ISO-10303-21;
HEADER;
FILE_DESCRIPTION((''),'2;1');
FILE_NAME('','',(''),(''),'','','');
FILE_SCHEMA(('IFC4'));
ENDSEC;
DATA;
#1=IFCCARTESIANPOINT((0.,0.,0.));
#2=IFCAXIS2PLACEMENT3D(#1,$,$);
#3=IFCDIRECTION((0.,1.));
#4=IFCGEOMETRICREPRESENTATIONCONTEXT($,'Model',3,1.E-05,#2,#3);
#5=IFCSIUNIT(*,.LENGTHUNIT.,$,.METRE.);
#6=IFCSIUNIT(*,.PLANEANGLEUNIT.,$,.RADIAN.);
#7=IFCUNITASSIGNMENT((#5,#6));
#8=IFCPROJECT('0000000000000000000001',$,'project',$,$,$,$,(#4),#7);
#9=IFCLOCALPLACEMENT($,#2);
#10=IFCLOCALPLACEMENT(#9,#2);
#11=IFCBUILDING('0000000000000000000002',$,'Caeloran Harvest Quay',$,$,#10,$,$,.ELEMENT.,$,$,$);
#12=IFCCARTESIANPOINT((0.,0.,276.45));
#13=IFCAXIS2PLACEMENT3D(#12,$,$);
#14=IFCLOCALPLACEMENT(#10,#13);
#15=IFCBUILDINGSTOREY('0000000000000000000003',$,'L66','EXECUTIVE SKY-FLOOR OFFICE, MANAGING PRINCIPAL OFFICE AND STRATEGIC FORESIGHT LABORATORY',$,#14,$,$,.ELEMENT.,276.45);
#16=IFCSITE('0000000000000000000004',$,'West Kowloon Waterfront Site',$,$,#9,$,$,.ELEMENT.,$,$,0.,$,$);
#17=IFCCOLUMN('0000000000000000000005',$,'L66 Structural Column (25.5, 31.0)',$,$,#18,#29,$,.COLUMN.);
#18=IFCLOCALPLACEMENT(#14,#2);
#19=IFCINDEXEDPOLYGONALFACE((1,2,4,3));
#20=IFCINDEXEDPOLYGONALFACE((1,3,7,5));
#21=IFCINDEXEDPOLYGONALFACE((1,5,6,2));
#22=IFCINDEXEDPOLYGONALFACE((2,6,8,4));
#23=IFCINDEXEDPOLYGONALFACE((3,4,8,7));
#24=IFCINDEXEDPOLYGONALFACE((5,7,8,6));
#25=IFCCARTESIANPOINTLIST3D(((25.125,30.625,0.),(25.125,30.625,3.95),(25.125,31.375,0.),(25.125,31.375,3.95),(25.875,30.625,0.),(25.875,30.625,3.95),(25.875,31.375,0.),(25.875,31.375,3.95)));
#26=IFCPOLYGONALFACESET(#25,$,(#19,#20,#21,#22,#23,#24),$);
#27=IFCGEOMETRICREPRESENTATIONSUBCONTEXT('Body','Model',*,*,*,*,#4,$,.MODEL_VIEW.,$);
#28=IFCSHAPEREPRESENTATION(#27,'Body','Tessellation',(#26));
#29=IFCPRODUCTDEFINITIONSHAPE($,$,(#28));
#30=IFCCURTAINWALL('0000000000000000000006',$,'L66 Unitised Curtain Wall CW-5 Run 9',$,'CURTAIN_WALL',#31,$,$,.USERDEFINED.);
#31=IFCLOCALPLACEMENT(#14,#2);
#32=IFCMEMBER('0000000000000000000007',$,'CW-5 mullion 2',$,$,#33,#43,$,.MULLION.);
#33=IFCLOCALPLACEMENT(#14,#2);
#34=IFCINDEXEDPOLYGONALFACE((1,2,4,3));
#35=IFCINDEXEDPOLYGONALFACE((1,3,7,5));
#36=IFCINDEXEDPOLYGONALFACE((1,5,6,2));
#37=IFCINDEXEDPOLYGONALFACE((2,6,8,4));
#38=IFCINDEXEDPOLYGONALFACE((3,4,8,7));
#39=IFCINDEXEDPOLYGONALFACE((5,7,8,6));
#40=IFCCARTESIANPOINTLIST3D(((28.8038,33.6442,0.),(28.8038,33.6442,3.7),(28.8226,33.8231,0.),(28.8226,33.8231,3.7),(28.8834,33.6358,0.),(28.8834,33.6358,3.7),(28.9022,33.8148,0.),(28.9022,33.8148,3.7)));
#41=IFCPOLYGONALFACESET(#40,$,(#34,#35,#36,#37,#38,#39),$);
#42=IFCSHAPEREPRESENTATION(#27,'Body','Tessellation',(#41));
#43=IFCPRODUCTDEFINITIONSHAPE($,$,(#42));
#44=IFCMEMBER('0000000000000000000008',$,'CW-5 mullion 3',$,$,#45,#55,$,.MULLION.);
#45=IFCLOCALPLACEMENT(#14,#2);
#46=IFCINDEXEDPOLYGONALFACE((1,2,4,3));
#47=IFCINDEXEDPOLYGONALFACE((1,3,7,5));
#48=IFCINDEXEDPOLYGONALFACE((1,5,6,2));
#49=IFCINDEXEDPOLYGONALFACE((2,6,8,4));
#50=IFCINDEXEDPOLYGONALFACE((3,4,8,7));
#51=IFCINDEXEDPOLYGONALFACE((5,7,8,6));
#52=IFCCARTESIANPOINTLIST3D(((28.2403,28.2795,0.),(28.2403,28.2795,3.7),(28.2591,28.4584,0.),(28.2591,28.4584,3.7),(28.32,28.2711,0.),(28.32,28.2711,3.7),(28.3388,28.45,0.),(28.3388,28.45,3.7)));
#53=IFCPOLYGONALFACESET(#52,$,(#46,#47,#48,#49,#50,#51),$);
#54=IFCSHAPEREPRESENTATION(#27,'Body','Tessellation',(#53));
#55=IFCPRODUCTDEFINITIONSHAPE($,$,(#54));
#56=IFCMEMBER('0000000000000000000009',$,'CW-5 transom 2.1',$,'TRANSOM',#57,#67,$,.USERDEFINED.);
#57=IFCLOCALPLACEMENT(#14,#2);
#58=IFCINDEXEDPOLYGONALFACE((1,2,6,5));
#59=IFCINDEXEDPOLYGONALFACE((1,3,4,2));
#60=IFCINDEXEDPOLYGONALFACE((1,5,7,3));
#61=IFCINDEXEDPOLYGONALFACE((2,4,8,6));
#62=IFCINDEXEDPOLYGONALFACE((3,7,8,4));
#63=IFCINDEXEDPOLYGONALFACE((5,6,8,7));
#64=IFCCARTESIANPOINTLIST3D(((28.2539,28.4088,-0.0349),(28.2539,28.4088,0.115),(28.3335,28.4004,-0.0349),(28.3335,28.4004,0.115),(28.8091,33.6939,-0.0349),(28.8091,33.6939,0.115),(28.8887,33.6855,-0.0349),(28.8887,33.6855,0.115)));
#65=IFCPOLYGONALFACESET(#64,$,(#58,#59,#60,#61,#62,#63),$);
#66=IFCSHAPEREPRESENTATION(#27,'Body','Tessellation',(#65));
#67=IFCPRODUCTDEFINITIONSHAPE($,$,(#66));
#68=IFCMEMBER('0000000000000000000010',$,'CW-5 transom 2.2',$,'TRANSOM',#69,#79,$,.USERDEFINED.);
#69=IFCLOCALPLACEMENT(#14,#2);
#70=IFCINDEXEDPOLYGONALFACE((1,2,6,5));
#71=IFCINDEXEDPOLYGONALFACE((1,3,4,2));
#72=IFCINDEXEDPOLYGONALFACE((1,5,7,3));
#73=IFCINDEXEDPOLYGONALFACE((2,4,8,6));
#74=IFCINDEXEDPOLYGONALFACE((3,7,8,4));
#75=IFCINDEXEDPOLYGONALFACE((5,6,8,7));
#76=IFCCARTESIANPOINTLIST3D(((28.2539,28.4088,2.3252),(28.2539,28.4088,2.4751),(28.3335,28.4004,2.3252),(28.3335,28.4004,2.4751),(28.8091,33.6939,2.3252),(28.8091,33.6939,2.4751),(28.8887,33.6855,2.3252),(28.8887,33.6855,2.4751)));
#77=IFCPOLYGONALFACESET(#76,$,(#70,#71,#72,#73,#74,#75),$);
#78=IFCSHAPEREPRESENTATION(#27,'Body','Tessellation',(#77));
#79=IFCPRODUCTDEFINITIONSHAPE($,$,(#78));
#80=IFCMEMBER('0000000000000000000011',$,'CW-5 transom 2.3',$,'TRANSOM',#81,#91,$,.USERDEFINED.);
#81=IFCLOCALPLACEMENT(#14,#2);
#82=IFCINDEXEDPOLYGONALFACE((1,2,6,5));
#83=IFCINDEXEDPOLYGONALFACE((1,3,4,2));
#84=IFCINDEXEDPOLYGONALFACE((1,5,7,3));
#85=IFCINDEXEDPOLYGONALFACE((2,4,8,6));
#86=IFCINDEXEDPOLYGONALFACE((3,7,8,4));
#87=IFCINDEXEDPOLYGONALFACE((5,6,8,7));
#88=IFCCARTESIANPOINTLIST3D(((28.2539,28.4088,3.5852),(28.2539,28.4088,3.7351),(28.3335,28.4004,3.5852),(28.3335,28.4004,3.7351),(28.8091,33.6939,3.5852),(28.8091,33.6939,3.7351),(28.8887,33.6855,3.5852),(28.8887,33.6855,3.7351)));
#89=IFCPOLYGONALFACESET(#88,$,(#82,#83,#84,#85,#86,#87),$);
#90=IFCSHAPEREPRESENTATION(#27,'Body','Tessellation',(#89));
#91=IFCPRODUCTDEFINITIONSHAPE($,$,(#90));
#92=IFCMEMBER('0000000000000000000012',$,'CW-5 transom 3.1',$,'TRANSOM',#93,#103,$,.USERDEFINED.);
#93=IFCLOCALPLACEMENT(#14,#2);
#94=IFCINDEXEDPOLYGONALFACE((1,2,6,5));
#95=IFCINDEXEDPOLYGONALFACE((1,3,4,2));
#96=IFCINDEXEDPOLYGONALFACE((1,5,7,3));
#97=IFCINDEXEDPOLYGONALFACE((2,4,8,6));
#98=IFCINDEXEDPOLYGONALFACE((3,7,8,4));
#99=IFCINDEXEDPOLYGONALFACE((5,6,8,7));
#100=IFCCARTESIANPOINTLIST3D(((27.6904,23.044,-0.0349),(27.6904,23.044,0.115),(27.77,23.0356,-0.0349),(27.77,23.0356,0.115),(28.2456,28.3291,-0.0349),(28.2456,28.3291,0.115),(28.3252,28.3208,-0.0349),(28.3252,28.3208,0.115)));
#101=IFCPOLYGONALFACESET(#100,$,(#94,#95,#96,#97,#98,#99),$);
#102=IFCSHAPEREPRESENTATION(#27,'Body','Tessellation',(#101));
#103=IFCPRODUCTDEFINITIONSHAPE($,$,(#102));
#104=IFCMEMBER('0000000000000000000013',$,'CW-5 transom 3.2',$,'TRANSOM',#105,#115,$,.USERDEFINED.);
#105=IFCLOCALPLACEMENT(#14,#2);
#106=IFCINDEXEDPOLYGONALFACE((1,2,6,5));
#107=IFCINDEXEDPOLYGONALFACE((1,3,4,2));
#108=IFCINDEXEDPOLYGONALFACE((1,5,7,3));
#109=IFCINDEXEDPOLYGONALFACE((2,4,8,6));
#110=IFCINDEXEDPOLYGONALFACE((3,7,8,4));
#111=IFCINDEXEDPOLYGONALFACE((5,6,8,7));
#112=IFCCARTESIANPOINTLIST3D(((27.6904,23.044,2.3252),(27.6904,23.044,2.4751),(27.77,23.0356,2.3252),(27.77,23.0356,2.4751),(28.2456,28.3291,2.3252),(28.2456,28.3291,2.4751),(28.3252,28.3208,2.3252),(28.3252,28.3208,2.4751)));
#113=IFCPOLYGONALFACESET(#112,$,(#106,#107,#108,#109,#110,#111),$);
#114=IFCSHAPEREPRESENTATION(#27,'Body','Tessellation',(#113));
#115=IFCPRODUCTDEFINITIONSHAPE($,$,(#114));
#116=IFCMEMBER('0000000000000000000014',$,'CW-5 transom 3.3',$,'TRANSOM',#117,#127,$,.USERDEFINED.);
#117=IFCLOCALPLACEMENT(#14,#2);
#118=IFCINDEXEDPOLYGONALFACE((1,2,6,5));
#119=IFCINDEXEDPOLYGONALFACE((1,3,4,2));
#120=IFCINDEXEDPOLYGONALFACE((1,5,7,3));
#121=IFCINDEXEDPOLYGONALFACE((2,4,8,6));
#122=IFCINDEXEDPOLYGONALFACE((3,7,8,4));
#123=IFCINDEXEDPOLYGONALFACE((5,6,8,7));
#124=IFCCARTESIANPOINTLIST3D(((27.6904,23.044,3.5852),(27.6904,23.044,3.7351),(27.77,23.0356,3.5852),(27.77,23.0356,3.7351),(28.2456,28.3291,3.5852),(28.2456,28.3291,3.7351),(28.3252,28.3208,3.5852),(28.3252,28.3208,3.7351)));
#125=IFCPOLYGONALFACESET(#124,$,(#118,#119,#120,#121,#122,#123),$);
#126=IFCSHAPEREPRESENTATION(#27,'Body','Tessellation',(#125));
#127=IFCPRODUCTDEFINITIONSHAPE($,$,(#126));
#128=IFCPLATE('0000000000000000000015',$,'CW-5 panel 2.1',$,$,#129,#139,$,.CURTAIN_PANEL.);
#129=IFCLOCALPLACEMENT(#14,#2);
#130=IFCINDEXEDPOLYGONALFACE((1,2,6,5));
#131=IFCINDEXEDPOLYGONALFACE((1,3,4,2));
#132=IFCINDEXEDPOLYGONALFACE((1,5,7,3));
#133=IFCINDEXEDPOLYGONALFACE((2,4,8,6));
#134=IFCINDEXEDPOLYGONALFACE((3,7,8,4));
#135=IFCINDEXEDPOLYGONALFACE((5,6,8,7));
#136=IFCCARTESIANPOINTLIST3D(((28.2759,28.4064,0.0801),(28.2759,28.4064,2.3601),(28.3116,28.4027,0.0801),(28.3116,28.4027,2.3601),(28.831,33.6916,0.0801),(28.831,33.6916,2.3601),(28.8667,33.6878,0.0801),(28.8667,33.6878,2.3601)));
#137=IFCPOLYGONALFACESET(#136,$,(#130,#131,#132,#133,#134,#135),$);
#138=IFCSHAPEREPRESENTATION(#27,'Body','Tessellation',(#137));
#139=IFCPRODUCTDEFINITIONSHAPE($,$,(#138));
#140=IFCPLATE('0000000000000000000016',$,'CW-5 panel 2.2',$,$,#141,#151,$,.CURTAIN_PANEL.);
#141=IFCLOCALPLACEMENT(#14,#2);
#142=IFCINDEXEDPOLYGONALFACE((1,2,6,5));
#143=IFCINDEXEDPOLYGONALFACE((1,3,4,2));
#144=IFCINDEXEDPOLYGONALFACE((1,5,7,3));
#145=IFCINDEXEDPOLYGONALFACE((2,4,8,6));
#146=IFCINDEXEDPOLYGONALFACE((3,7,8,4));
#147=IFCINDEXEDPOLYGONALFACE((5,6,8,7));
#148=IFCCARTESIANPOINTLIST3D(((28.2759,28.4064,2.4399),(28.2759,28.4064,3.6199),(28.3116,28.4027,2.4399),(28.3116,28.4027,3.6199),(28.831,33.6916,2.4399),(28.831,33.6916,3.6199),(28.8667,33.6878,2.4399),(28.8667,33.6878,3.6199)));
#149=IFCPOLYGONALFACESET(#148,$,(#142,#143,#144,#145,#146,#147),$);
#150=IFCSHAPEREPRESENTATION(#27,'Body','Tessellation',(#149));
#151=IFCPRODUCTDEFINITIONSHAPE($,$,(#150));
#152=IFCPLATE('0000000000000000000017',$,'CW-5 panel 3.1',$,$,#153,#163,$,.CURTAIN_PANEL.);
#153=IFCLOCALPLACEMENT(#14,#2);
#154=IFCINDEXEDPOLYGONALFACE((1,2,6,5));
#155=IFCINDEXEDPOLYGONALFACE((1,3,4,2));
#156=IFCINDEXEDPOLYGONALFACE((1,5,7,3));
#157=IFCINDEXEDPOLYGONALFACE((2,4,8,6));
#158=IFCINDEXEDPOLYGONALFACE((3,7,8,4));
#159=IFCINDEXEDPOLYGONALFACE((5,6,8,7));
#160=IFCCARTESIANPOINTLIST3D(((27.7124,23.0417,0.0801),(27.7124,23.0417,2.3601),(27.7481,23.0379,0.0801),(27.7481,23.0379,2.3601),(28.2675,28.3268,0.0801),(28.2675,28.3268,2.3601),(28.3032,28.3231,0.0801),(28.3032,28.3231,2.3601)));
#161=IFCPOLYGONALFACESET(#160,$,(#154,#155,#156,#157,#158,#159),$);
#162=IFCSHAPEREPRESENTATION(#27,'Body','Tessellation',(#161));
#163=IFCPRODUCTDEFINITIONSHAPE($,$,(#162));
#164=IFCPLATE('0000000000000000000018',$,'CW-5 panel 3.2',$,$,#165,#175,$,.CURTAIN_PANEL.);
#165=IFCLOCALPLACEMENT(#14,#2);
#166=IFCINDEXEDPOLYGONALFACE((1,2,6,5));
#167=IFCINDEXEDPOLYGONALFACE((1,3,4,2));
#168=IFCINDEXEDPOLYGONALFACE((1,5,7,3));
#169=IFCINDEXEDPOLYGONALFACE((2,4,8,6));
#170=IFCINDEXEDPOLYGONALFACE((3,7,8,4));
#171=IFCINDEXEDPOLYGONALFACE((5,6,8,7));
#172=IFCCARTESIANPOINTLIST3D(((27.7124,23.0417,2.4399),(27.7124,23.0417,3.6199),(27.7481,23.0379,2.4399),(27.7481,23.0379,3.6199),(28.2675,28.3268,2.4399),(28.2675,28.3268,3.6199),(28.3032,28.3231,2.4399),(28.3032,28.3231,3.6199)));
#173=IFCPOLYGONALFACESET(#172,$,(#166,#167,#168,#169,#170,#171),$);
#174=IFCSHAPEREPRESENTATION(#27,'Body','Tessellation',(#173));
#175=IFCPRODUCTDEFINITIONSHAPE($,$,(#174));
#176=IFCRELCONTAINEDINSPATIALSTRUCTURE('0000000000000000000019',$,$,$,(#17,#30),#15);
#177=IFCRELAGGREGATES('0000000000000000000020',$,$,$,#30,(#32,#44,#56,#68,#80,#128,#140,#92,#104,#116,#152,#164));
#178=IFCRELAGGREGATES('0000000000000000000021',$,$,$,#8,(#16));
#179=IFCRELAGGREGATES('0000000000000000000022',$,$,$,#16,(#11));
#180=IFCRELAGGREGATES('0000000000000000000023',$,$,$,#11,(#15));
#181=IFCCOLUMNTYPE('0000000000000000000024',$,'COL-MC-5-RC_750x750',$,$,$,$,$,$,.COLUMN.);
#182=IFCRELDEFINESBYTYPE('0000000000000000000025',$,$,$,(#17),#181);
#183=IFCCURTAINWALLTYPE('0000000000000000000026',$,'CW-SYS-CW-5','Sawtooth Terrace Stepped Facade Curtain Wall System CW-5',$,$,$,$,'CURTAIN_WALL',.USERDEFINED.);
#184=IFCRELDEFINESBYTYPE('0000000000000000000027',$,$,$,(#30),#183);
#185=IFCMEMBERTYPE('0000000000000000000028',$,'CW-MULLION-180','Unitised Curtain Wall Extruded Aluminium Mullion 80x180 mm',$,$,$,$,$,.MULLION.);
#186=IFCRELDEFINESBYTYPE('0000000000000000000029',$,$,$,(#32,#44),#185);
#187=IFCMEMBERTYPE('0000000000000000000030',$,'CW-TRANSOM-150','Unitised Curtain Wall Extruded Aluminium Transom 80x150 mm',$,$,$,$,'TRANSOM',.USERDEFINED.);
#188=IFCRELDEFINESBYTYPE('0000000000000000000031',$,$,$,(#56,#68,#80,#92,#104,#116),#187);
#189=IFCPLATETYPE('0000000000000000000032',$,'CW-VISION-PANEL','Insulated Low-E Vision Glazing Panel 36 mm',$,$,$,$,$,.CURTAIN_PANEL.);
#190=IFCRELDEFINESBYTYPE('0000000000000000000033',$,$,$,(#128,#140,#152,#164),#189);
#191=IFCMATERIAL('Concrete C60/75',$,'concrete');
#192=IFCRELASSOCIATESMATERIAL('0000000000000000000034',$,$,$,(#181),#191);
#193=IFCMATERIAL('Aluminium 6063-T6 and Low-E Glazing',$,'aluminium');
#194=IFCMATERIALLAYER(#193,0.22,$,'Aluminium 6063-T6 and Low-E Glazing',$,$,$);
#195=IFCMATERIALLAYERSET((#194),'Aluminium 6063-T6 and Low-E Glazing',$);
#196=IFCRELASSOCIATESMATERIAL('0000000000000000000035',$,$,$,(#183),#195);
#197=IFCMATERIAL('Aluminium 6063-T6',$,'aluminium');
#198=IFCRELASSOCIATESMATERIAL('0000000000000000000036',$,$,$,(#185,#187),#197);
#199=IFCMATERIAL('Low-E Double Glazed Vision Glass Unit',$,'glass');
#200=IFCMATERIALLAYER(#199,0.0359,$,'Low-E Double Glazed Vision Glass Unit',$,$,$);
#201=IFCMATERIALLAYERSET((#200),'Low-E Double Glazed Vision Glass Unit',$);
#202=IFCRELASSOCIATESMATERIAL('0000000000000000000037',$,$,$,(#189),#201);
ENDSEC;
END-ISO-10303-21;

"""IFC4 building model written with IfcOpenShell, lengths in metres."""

from ifc_helpers import new_model, si_unit, direction, frame, origin, origin_2d, place, context, subcontext, project, spatial, rectangle, extrude, material, layer, layer_set, material_profile, profile_set, type_object, element, aggregate, save


model = new_model("IFC4")

# Units and contexts
model_context = context("Model", 3, precision=1e-05, world=origin(), true_north=direction((0.0, 1.0)))
body_context = subcontext(model_context, "Body", "Model", "MODEL_VIEW")
ifc_project = project(units=[si_unit("LENGTHUNIT", "METRE"), si_unit("PLANEANGLEUNIT", "RADIAN")], contexts=[model_context])

# Site, building, storey
site_placement = place(None, origin())
site = spatial("IfcSite", under=ifc_project, at=site_placement, Name="West Kowloon Waterfront Site", CompositionType="ELEMENT", RefElevation=0.0)
building_placement = place(site_placement, origin())
building = spatial("IfcBuilding", under=site, at=building_placement, Name="Caeloran Harvest Quay", CompositionType="ELEMENT")
storey_placement = place(building_placement, frame((0.0, 0.0, 276.45)))
storey = spatial("IfcBuildingStorey", under=building, at=storey_placement, Name="L66", Description="EXECUTIVE SKY-FLOOR OFFICE, MANAGING PRINCIPAL OFFICE AND STRATEGIC FORESIGHT LABORATORY", CompositionType="ELEMENT", Elevation=276.45)

# Column
ifc_material_1 = material(Name="Concrete C60/75", Category="concrete")
ifc_material_profile_1 = material_profile(ifc_material_1, rectangle(XDim=0.75, YDim=0.75, at=origin_2d()), Name="RC 750x750")
ifc_profile_set_1 = profile_set([ifc_material_profile_1], Name="Concrete C60/75")
column_type = type_object("IfcColumnType", Name="COL-MC-5-RC_750x750", PredefinedType="COLUMN", material=ifc_profile_set_1)
column_placement = place(storey_placement, frame((25.5, 31.0, 0.0), z_axis=(0.0, 0.0, 1.0), x_axis=(1.0, 0.0, 0.0)))
element("IfcColumn", 1, at=column_placement, inside=storey, type_object=column_type, Name="L66 Structural Column (25.5, 31.0)", PredefinedType="COLUMN", context=body_context, shape_type="SweptSolid", body=[
    extrude(rectangle(XDim=0.75, YDim=0.75, at=origin_2d()), origin(), (0.0, 0.0, 1.0), 3.95),
])

# Curtain wall, members, plates
ifc_material_2 = material(Name="Aluminium 6063-T6 and Low-E Glazing", Category="aluminium")
ifc_layer_1 = layer(ifc_material_2, 0.22, Name="Aluminium 6063-T6 and Low-E Glazing")
ifc_layer_set_1 = layer_set([ifc_layer_1], Name="Aluminium 6063-T6 and Low-E Glazing")
curtain_wall_type = type_object("IfcCurtainWallType", Name="CW-SYS-CW-5", Description="Sawtooth Terrace Stepped Facade Curtain Wall System CW-5", ElementType="CURTAIN_WALL", PredefinedType="USERDEFINED", material=ifc_layer_set_1)
curtain_wall_placement = place(storey_placement, origin())
curtain_wall = element("IfcCurtainWall", 2, at=curtain_wall_placement, inside=storey, type_object=curtain_wall_type, Name="L66 Unitised Curtain Wall CW-5 Run 9", ObjectType="CURTAIN_WALL", PredefinedType="USERDEFINED")
ifc_material_3 = material(Name="Aluminium 6063-T6", Category="aluminium")
ifc_material_profile_2 = material_profile(ifc_material_3, rectangle(XDim=0.0801, YDim=0.1799, at=origin_2d()), Name="CW-MULLION-180")
ifc_profile_set_2 = profile_set([ifc_material_profile_2], Name="Aluminium 6063-T6")
member_type_1 = type_object("IfcMemberType", Name="CW-MULLION-180", Description="Unitised Curtain Wall Extruded Aluminium Mullion 80x180 mm", PredefinedType="MULLION", material=ifc_profile_set_2)
member_1_placement = place(storey_placement, frame((28.853, 33.7295, 0.0), z_axis=(0.0, 0.0, 1.0), x_axis=(0.994529, -0.10446, 0.0)))
member_1 = element("IfcMember", 3, at=member_1_placement, type_object=member_type_1, Name="CW-5 mullion 2", PredefinedType="MULLION", context=body_context, shape_type="SweptSolid", body=[
    extrude(rectangle(XDim=0.0801, YDim=0.1799, at=origin_2d()), origin(), (0.0, 0.0, 1.0), 3.7),
])
member_2_placement = place(storey_placement, frame((28.2896, 28.3647, 0.0), z_axis=(0.0, 0.0, 1.0), x_axis=(0.994529, -0.10446, 0.0)))
member_2 = element("IfcMember", 4, at=member_2_placement, type_object=member_type_1, Name="CW-5 mullion 3", PredefinedType="MULLION", context=body_context, shape_type="SweptSolid", body=[
    extrude(rectangle(XDim=0.0801, YDim=0.1799, at=origin_2d()), origin(), (0.0, 0.0, 1.0), 3.7),
])
ifc_material_profile_3 = material_profile(ifc_material_3, rectangle(XDim=0.0801, YDim=0.1499, at=origin_2d()), Name="CW-TRANSOM-150")
ifc_profile_set_3 = profile_set([ifc_material_profile_3], Name="Aluminium 6063-T6")
member_type_2 = type_object("IfcMemberType", Name="CW-TRANSOM-150", Description="Unitised Curtain Wall Extruded Aluminium Transom 80x150 mm", ElementType="TRANSOM", PredefinedType="USERDEFINED", material=ifc_profile_set_3)
member_3_placement = place(storey_placement, frame((28.8489, 33.6897, 0.04), z_axis=(-0.10447, -0.994528, 0.0), x_axis=(0.994528, -0.10447, 0.0)))
member_3 = element("IfcMember", 5, at=member_3_placement, type_object=member_type_2, Name="CW-5 transom 2.1", ObjectType="TRANSOM", PredefinedType="USERDEFINED", context=body_context, shape_type="SweptSolid", body=[
    extrude(rectangle(XDim=0.0801, YDim=0.1499, at=origin_2d()), origin(), (0.0, 0.0, 1.0), 5.3142),
])
member_4_placement = place(storey_placement, frame((28.8489, 33.6897, 2.4001), z_axis=(-0.10447, -0.994528, 0.0), x_axis=(0.994528, -0.10447, 0.0)))
member_4 = element("IfcMember", 6, at=member_4_placement, type_object=member_type_2, Name="CW-5 transom 2.2", ObjectType="TRANSOM", PredefinedType="USERDEFINED", context=body_context, shape_type="SweptSolid", body=[
    extrude(rectangle(XDim=0.0801, YDim=0.1499, at=origin_2d()), origin(), (0.0, 0.0, 1.0), 5.3142),
])
member_5_placement = place(storey_placement, frame((28.8489, 33.6897, 3.6602), z_axis=(-0.10447, -0.994528, 0.0), x_axis=(0.994528, -0.10447, 0.0)))
member_5 = element("IfcMember", 7, at=member_5_placement, type_object=member_type_2, Name="CW-5 transom 2.3", ObjectType="TRANSOM", PredefinedType="USERDEFINED", context=body_context, shape_type="SweptSolid", body=[
    extrude(rectangle(XDim=0.0801, YDim=0.1499, at=origin_2d()), origin(), (0.0, 0.0, 1.0), 5.3142),
])
member_6_placement = place(storey_placement, frame((28.2854, 28.325, 0.04), z_axis=(-0.10447, -0.994528, 0.0), x_axis=(0.994528, -0.10447, 0.0)))
member_6 = element("IfcMember", 8, at=member_6_placement, type_object=member_type_2, Name="CW-5 transom 3.1", ObjectType="TRANSOM", PredefinedType="USERDEFINED", context=body_context, shape_type="SweptSolid", body=[
    extrude(rectangle(XDim=0.0801, YDim=0.1499, at=origin_2d()), origin(), (0.0, 0.0, 1.0), 5.3142),
])
member_7_placement = place(storey_placement, frame((28.2854, 28.325, 2.4001), z_axis=(-0.10447, -0.994528, 0.0), x_axis=(0.994528, -0.10447, 0.0)))
member_7 = element("IfcMember", 9, at=member_7_placement, type_object=member_type_2, Name="CW-5 transom 3.2", ObjectType="TRANSOM", PredefinedType="USERDEFINED", context=body_context, shape_type="SweptSolid", body=[
    extrude(rectangle(XDim=0.0801, YDim=0.1499, at=origin_2d()), origin(), (0.0, 0.0, 1.0), 5.3142),
])
member_8_placement = place(storey_placement, frame((28.2854, 28.325, 3.6602), z_axis=(-0.10447, -0.994528, 0.0), x_axis=(0.994528, -0.10447, 0.0)))
member_8 = element("IfcMember", 10, at=member_8_placement, type_object=member_type_2, Name="CW-5 transom 3.3", ObjectType="TRANSOM", PredefinedType="USERDEFINED", context=body_context, shape_type="SweptSolid", body=[
    extrude(rectangle(XDim=0.0801, YDim=0.1499, at=origin_2d()), origin(), (0.0, 0.0, 1.0), 5.3142),
])
ifc_material_4 = material(Name="Low-E Double Glazed Vision Glass Unit", Category="glass")
ifc_layer_2 = layer(ifc_material_4, 0.0359, Name="Low-E Double Glazed Vision Glass Unit")
ifc_layer_set_2 = layer_set([ifc_layer_2], Name="Low-E Double Glazed Vision Glass Unit")
plate_type = type_object("IfcPlateType", Name="CW-VISION-PANEL", Description="Insulated Low-E Vision Glazing Panel 36 mm", PredefinedType="CURTAIN_PANEL", material=ifc_layer_set_2)
plate_1_placement = place(storey_placement, frame((28.5713, 31.0471, 0.0801), z_axis=(0.0, 0.0, 1.0), x_axis=(-0.10446, -0.994529, 0.0)))
plate_1 = element("IfcPlate", 11, at=plate_1_placement, type_object=plate_type, Name="CW-5 panel 2.1", PredefinedType="CURTAIN_PANEL", context=body_context, shape_type="SweptSolid", body=[
    extrude(rectangle(XDim=5.3142, YDim=0.0359, at=origin_2d()), origin(), (0.0, 0.0, 1.0), 2.28),
])
plate_2_placement = place(storey_placement, frame((28.5713, 31.0471, 2.4399), z_axis=(0.0, 0.0, 1.0), x_axis=(-0.10446, -0.994529, 0.0)))
plate_2 = element("IfcPlate", 12, at=plate_2_placement, type_object=plate_type, Name="CW-5 panel 2.2", PredefinedType="CURTAIN_PANEL", context=body_context, shape_type="SweptSolid", body=[
    extrude(rectangle(XDim=5.3142, YDim=0.0359, at=origin_2d()), origin(), (0.0, 0.0, 1.0), 1.1799),
])
plate_3_placement = place(storey_placement, frame((28.0078, 25.6824, 0.0801), z_axis=(0.0, 0.0, 1.0), x_axis=(-0.10446, -0.994529, 0.0)))
plate_3 = element("IfcPlate", 13, at=plate_3_placement, type_object=plate_type, Name="CW-5 panel 3.1", PredefinedType="CURTAIN_PANEL", context=body_context, shape_type="SweptSolid", body=[
    extrude(rectangle(XDim=5.3142, YDim=0.0359, at=origin_2d()), origin(), (0.0, 0.0, 1.0), 2.28),
])
plate_4_placement = place(storey_placement, frame((28.0078, 25.6824, 2.4399), z_axis=(0.0, 0.0, 1.0), x_axis=(-0.10446, -0.994529, 0.0)))
plate_4 = element("IfcPlate", 14, at=plate_4_placement, type_object=plate_type, Name="CW-5 panel 3.2", PredefinedType="CURTAIN_PANEL", context=body_context, shape_type="SweptSolid", body=[
    extrude(rectangle(XDim=5.3142, YDim=0.0359, at=origin_2d()), origin(), (0.0, 0.0, 1.0), 1.1799),
])
aggregate(curtain_wall, [member_1, member_2, member_3, member_4, member_5, plate_1, plate_2, member_6, member_7, member_8, plate_3, plate_4])

save(model, "model.ifc")
